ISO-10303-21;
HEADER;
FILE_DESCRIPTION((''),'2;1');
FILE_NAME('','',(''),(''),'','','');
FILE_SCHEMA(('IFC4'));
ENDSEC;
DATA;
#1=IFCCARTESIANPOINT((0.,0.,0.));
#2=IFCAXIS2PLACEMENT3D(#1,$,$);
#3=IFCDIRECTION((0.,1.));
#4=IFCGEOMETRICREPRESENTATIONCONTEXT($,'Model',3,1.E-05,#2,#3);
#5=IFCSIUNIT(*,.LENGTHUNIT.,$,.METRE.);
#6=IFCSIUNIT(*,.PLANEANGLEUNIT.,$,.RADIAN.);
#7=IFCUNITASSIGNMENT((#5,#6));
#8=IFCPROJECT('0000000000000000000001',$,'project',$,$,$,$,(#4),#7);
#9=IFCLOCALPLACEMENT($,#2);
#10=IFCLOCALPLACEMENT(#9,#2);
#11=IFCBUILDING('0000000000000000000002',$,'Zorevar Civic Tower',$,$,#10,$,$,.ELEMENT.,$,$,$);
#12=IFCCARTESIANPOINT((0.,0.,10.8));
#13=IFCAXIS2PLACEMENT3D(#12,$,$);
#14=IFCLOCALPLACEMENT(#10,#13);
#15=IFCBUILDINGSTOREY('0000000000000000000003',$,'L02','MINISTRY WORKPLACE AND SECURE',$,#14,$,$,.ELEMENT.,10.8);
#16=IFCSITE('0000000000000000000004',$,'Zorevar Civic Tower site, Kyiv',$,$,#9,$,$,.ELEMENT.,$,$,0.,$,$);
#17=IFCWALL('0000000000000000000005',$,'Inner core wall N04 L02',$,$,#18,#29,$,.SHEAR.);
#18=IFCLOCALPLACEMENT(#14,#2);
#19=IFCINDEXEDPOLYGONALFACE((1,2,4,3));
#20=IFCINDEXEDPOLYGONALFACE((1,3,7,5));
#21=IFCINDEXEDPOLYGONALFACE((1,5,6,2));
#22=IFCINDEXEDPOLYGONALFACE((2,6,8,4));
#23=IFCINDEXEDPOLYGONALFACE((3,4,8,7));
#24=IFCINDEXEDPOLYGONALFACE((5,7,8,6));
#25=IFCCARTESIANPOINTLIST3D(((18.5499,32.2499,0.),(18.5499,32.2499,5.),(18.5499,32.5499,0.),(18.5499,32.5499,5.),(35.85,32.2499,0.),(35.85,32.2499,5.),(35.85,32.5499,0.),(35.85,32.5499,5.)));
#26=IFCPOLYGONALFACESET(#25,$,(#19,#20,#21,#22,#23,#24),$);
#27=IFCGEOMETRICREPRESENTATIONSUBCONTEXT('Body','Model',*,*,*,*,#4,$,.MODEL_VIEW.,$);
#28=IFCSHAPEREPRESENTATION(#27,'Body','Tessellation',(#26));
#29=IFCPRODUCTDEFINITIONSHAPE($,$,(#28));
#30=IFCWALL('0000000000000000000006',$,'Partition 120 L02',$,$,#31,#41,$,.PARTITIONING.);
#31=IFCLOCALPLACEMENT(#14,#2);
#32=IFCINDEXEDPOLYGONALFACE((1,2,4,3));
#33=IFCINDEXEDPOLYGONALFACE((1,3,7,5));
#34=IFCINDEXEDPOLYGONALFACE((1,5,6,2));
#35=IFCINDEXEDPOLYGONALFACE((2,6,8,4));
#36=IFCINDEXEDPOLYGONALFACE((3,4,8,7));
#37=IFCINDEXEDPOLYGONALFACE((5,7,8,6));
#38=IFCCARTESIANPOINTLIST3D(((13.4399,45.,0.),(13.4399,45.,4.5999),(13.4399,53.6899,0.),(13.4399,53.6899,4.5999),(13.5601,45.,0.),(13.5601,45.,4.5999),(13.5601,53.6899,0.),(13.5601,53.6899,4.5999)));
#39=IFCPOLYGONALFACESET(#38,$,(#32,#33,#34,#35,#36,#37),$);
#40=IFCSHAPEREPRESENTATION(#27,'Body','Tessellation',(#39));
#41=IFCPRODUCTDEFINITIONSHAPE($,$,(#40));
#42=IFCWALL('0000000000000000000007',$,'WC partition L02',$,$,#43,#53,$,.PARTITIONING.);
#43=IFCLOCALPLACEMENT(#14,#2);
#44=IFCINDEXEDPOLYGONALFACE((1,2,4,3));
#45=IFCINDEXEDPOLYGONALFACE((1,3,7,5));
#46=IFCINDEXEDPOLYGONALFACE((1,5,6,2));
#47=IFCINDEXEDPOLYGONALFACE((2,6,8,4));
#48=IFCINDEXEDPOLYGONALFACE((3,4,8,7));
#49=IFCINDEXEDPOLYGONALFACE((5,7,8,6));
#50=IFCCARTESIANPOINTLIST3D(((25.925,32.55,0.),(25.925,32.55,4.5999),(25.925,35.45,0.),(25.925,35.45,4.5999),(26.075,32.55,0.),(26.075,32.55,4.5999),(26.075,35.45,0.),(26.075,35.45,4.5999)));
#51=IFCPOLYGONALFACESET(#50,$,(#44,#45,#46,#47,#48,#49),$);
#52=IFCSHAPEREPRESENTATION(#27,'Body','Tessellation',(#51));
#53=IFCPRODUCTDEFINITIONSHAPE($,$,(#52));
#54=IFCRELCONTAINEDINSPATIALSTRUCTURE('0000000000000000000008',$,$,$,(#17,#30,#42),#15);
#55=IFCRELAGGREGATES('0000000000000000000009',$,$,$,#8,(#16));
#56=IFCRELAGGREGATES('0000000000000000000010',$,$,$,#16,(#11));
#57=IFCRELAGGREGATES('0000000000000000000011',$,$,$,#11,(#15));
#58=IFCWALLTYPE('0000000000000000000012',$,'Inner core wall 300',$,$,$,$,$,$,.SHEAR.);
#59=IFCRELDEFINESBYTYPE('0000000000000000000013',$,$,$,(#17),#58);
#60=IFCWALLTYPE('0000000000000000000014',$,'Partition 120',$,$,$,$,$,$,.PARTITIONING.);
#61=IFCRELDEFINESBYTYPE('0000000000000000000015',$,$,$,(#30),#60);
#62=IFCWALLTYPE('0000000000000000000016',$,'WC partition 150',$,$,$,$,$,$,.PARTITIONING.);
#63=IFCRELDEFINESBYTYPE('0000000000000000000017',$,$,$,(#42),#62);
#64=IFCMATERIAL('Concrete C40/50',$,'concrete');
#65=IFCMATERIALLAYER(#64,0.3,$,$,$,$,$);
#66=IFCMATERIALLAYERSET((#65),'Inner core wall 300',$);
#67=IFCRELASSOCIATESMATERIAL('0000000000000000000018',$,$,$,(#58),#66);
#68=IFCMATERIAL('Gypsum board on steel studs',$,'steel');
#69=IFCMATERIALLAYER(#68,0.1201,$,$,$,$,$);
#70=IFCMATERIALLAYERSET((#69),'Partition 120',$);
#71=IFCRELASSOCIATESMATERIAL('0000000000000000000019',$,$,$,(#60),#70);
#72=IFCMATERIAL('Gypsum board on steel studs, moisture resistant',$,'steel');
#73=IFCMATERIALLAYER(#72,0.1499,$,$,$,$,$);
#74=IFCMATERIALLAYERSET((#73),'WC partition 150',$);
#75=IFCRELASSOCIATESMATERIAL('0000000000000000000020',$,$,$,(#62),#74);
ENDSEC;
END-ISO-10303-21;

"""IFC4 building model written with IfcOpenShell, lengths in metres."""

from ifc_helpers import new_model, si_unit, direction, frame, frame_2d, origin, place, context, subcontext, project, spatial, rectangle, extrude, material, layer, layer_set, type_object, element, save


model = new_model("IFC4")

# Units and contexts
model_context = context("Model", 3, precision=1e-05, world=origin(), true_north=direction((0.0, 1.0)))
body_context = subcontext(model_context, "Body", "Model", "MODEL_VIEW")
ifc_project = project(units=[si_unit("LENGTHUNIT", "METRE"), si_unit("PLANEANGLEUNIT", "RADIAN")], contexts=[model_context])

# Site, building, storey
site_placement = place(None, origin())
site = spatial("IfcSite", under=ifc_project, at=site_placement, Name="Zorevar Civic Tower site, Kyiv", CompositionType="ELEMENT", RefElevation=0.0)
building_placement = place(site_placement, origin())
building = spatial("IfcBuilding", under=site, at=building_placement, Name="Zorevar Civic Tower", CompositionType="ELEMENT")
storey_placement = place(building_placement, frame((0.0, 0.0, 10.8)))
storey = spatial("IfcBuildingStorey", under=building, at=storey_placement, Name="L02", Description="MINISTRY WORKPLACE AND SECURE", CompositionType="ELEMENT", Elevation=10.8)

# Wall
ifc_material_1 = material(Name="Concrete C40/50", Category="concrete")
ifc_layer_1 = layer(ifc_material_1, 0.3)
ifc_layer_set_1 = layer_set([ifc_layer_1], Name="Inner core wall 300")
wall_type_1 = type_object("IfcWallType", Name="Inner core wall 300", PredefinedType="SHEAR", material=ifc_layer_set_1)
wall_1_placement = place(storey_placement, frame((18.55, 32.3999, 0.0), z_axis=(0.0, 0.0, 1.0), x_axis=(1.0, 0.0, 0.0)))
element("IfcWall", 1, at=wall_1_placement, inside=storey, type_object=wall_type_1, Name="Inner core wall N04 L02", PredefinedType="SHEAR", context=body_context, shape_type="SweptSolid", body=[
    extrude(rectangle(XDim=17.3, YDim=0.3, at=frame_2d((8.6499, 0.0))), origin(), (0.0, 0.0, 1.0), 5.0),
])

# Shared definitions
ifc_material_2 = material(Name="Gypsum board on steel studs", Category="steel")
ifc_layer_2 = layer(ifc_material_2, 0.1201)
ifc_layer_set_2 = layer_set([ifc_layer_2], Name="Partition 120")
wall_type_2 = type_object("IfcWallType", Name="Partition 120", PredefinedType="PARTITIONING", material=ifc_layer_set_2)

# Walls
wall_2_placement = place(storey_placement, frame((13.5, 45.0, 0.0), z_axis=(0.0, 0.0, 1.0), x_axis=(0.0, 1.0, 0.0)))
element("IfcWall", 2, at=wall_2_placement, inside=storey, type_object=wall_type_2, Name="Partition 120 L02", PredefinedType="PARTITIONING", context=body_context, shape_type="SweptSolid", body=[
    extrude(rectangle(XDim=8.6899, YDim=0.1201, at=frame_2d((4.345, 0.0))), origin(), (0.0, 0.0, 1.0), 4.5999),
])
ifc_material_3 = material(Name="Gypsum board on steel studs, moisture resistant", Category="steel")
ifc_layer_3 = layer(ifc_material_3, 0.1499)
ifc_layer_set_3 = layer_set([ifc_layer_3], Name="WC partition 150")
wall_type_3 = type_object("IfcWallType", Name="WC partition 150", PredefinedType="PARTITIONING", material=ifc_layer_set_3)
wall_3_placement = place(storey_placement, frame((26.0, 32.55, 0.0), z_axis=(0.0, 0.0, 1.0), x_axis=(0.0, 1.0, 0.0)))
element("IfcWall", 3, at=wall_3_placement, inside=storey, type_object=wall_type_3, Name="WC partition L02", PredefinedType="PARTITIONING", context=body_context, shape_type="SweptSolid", body=[
    extrude(rectangle(XDim=2.8999, YDim=0.1499, at=frame_2d((1.45, 0.0))), origin(), (0.0, 0.0, 1.0), 4.5999),
])

save(model, "model.ifc")
